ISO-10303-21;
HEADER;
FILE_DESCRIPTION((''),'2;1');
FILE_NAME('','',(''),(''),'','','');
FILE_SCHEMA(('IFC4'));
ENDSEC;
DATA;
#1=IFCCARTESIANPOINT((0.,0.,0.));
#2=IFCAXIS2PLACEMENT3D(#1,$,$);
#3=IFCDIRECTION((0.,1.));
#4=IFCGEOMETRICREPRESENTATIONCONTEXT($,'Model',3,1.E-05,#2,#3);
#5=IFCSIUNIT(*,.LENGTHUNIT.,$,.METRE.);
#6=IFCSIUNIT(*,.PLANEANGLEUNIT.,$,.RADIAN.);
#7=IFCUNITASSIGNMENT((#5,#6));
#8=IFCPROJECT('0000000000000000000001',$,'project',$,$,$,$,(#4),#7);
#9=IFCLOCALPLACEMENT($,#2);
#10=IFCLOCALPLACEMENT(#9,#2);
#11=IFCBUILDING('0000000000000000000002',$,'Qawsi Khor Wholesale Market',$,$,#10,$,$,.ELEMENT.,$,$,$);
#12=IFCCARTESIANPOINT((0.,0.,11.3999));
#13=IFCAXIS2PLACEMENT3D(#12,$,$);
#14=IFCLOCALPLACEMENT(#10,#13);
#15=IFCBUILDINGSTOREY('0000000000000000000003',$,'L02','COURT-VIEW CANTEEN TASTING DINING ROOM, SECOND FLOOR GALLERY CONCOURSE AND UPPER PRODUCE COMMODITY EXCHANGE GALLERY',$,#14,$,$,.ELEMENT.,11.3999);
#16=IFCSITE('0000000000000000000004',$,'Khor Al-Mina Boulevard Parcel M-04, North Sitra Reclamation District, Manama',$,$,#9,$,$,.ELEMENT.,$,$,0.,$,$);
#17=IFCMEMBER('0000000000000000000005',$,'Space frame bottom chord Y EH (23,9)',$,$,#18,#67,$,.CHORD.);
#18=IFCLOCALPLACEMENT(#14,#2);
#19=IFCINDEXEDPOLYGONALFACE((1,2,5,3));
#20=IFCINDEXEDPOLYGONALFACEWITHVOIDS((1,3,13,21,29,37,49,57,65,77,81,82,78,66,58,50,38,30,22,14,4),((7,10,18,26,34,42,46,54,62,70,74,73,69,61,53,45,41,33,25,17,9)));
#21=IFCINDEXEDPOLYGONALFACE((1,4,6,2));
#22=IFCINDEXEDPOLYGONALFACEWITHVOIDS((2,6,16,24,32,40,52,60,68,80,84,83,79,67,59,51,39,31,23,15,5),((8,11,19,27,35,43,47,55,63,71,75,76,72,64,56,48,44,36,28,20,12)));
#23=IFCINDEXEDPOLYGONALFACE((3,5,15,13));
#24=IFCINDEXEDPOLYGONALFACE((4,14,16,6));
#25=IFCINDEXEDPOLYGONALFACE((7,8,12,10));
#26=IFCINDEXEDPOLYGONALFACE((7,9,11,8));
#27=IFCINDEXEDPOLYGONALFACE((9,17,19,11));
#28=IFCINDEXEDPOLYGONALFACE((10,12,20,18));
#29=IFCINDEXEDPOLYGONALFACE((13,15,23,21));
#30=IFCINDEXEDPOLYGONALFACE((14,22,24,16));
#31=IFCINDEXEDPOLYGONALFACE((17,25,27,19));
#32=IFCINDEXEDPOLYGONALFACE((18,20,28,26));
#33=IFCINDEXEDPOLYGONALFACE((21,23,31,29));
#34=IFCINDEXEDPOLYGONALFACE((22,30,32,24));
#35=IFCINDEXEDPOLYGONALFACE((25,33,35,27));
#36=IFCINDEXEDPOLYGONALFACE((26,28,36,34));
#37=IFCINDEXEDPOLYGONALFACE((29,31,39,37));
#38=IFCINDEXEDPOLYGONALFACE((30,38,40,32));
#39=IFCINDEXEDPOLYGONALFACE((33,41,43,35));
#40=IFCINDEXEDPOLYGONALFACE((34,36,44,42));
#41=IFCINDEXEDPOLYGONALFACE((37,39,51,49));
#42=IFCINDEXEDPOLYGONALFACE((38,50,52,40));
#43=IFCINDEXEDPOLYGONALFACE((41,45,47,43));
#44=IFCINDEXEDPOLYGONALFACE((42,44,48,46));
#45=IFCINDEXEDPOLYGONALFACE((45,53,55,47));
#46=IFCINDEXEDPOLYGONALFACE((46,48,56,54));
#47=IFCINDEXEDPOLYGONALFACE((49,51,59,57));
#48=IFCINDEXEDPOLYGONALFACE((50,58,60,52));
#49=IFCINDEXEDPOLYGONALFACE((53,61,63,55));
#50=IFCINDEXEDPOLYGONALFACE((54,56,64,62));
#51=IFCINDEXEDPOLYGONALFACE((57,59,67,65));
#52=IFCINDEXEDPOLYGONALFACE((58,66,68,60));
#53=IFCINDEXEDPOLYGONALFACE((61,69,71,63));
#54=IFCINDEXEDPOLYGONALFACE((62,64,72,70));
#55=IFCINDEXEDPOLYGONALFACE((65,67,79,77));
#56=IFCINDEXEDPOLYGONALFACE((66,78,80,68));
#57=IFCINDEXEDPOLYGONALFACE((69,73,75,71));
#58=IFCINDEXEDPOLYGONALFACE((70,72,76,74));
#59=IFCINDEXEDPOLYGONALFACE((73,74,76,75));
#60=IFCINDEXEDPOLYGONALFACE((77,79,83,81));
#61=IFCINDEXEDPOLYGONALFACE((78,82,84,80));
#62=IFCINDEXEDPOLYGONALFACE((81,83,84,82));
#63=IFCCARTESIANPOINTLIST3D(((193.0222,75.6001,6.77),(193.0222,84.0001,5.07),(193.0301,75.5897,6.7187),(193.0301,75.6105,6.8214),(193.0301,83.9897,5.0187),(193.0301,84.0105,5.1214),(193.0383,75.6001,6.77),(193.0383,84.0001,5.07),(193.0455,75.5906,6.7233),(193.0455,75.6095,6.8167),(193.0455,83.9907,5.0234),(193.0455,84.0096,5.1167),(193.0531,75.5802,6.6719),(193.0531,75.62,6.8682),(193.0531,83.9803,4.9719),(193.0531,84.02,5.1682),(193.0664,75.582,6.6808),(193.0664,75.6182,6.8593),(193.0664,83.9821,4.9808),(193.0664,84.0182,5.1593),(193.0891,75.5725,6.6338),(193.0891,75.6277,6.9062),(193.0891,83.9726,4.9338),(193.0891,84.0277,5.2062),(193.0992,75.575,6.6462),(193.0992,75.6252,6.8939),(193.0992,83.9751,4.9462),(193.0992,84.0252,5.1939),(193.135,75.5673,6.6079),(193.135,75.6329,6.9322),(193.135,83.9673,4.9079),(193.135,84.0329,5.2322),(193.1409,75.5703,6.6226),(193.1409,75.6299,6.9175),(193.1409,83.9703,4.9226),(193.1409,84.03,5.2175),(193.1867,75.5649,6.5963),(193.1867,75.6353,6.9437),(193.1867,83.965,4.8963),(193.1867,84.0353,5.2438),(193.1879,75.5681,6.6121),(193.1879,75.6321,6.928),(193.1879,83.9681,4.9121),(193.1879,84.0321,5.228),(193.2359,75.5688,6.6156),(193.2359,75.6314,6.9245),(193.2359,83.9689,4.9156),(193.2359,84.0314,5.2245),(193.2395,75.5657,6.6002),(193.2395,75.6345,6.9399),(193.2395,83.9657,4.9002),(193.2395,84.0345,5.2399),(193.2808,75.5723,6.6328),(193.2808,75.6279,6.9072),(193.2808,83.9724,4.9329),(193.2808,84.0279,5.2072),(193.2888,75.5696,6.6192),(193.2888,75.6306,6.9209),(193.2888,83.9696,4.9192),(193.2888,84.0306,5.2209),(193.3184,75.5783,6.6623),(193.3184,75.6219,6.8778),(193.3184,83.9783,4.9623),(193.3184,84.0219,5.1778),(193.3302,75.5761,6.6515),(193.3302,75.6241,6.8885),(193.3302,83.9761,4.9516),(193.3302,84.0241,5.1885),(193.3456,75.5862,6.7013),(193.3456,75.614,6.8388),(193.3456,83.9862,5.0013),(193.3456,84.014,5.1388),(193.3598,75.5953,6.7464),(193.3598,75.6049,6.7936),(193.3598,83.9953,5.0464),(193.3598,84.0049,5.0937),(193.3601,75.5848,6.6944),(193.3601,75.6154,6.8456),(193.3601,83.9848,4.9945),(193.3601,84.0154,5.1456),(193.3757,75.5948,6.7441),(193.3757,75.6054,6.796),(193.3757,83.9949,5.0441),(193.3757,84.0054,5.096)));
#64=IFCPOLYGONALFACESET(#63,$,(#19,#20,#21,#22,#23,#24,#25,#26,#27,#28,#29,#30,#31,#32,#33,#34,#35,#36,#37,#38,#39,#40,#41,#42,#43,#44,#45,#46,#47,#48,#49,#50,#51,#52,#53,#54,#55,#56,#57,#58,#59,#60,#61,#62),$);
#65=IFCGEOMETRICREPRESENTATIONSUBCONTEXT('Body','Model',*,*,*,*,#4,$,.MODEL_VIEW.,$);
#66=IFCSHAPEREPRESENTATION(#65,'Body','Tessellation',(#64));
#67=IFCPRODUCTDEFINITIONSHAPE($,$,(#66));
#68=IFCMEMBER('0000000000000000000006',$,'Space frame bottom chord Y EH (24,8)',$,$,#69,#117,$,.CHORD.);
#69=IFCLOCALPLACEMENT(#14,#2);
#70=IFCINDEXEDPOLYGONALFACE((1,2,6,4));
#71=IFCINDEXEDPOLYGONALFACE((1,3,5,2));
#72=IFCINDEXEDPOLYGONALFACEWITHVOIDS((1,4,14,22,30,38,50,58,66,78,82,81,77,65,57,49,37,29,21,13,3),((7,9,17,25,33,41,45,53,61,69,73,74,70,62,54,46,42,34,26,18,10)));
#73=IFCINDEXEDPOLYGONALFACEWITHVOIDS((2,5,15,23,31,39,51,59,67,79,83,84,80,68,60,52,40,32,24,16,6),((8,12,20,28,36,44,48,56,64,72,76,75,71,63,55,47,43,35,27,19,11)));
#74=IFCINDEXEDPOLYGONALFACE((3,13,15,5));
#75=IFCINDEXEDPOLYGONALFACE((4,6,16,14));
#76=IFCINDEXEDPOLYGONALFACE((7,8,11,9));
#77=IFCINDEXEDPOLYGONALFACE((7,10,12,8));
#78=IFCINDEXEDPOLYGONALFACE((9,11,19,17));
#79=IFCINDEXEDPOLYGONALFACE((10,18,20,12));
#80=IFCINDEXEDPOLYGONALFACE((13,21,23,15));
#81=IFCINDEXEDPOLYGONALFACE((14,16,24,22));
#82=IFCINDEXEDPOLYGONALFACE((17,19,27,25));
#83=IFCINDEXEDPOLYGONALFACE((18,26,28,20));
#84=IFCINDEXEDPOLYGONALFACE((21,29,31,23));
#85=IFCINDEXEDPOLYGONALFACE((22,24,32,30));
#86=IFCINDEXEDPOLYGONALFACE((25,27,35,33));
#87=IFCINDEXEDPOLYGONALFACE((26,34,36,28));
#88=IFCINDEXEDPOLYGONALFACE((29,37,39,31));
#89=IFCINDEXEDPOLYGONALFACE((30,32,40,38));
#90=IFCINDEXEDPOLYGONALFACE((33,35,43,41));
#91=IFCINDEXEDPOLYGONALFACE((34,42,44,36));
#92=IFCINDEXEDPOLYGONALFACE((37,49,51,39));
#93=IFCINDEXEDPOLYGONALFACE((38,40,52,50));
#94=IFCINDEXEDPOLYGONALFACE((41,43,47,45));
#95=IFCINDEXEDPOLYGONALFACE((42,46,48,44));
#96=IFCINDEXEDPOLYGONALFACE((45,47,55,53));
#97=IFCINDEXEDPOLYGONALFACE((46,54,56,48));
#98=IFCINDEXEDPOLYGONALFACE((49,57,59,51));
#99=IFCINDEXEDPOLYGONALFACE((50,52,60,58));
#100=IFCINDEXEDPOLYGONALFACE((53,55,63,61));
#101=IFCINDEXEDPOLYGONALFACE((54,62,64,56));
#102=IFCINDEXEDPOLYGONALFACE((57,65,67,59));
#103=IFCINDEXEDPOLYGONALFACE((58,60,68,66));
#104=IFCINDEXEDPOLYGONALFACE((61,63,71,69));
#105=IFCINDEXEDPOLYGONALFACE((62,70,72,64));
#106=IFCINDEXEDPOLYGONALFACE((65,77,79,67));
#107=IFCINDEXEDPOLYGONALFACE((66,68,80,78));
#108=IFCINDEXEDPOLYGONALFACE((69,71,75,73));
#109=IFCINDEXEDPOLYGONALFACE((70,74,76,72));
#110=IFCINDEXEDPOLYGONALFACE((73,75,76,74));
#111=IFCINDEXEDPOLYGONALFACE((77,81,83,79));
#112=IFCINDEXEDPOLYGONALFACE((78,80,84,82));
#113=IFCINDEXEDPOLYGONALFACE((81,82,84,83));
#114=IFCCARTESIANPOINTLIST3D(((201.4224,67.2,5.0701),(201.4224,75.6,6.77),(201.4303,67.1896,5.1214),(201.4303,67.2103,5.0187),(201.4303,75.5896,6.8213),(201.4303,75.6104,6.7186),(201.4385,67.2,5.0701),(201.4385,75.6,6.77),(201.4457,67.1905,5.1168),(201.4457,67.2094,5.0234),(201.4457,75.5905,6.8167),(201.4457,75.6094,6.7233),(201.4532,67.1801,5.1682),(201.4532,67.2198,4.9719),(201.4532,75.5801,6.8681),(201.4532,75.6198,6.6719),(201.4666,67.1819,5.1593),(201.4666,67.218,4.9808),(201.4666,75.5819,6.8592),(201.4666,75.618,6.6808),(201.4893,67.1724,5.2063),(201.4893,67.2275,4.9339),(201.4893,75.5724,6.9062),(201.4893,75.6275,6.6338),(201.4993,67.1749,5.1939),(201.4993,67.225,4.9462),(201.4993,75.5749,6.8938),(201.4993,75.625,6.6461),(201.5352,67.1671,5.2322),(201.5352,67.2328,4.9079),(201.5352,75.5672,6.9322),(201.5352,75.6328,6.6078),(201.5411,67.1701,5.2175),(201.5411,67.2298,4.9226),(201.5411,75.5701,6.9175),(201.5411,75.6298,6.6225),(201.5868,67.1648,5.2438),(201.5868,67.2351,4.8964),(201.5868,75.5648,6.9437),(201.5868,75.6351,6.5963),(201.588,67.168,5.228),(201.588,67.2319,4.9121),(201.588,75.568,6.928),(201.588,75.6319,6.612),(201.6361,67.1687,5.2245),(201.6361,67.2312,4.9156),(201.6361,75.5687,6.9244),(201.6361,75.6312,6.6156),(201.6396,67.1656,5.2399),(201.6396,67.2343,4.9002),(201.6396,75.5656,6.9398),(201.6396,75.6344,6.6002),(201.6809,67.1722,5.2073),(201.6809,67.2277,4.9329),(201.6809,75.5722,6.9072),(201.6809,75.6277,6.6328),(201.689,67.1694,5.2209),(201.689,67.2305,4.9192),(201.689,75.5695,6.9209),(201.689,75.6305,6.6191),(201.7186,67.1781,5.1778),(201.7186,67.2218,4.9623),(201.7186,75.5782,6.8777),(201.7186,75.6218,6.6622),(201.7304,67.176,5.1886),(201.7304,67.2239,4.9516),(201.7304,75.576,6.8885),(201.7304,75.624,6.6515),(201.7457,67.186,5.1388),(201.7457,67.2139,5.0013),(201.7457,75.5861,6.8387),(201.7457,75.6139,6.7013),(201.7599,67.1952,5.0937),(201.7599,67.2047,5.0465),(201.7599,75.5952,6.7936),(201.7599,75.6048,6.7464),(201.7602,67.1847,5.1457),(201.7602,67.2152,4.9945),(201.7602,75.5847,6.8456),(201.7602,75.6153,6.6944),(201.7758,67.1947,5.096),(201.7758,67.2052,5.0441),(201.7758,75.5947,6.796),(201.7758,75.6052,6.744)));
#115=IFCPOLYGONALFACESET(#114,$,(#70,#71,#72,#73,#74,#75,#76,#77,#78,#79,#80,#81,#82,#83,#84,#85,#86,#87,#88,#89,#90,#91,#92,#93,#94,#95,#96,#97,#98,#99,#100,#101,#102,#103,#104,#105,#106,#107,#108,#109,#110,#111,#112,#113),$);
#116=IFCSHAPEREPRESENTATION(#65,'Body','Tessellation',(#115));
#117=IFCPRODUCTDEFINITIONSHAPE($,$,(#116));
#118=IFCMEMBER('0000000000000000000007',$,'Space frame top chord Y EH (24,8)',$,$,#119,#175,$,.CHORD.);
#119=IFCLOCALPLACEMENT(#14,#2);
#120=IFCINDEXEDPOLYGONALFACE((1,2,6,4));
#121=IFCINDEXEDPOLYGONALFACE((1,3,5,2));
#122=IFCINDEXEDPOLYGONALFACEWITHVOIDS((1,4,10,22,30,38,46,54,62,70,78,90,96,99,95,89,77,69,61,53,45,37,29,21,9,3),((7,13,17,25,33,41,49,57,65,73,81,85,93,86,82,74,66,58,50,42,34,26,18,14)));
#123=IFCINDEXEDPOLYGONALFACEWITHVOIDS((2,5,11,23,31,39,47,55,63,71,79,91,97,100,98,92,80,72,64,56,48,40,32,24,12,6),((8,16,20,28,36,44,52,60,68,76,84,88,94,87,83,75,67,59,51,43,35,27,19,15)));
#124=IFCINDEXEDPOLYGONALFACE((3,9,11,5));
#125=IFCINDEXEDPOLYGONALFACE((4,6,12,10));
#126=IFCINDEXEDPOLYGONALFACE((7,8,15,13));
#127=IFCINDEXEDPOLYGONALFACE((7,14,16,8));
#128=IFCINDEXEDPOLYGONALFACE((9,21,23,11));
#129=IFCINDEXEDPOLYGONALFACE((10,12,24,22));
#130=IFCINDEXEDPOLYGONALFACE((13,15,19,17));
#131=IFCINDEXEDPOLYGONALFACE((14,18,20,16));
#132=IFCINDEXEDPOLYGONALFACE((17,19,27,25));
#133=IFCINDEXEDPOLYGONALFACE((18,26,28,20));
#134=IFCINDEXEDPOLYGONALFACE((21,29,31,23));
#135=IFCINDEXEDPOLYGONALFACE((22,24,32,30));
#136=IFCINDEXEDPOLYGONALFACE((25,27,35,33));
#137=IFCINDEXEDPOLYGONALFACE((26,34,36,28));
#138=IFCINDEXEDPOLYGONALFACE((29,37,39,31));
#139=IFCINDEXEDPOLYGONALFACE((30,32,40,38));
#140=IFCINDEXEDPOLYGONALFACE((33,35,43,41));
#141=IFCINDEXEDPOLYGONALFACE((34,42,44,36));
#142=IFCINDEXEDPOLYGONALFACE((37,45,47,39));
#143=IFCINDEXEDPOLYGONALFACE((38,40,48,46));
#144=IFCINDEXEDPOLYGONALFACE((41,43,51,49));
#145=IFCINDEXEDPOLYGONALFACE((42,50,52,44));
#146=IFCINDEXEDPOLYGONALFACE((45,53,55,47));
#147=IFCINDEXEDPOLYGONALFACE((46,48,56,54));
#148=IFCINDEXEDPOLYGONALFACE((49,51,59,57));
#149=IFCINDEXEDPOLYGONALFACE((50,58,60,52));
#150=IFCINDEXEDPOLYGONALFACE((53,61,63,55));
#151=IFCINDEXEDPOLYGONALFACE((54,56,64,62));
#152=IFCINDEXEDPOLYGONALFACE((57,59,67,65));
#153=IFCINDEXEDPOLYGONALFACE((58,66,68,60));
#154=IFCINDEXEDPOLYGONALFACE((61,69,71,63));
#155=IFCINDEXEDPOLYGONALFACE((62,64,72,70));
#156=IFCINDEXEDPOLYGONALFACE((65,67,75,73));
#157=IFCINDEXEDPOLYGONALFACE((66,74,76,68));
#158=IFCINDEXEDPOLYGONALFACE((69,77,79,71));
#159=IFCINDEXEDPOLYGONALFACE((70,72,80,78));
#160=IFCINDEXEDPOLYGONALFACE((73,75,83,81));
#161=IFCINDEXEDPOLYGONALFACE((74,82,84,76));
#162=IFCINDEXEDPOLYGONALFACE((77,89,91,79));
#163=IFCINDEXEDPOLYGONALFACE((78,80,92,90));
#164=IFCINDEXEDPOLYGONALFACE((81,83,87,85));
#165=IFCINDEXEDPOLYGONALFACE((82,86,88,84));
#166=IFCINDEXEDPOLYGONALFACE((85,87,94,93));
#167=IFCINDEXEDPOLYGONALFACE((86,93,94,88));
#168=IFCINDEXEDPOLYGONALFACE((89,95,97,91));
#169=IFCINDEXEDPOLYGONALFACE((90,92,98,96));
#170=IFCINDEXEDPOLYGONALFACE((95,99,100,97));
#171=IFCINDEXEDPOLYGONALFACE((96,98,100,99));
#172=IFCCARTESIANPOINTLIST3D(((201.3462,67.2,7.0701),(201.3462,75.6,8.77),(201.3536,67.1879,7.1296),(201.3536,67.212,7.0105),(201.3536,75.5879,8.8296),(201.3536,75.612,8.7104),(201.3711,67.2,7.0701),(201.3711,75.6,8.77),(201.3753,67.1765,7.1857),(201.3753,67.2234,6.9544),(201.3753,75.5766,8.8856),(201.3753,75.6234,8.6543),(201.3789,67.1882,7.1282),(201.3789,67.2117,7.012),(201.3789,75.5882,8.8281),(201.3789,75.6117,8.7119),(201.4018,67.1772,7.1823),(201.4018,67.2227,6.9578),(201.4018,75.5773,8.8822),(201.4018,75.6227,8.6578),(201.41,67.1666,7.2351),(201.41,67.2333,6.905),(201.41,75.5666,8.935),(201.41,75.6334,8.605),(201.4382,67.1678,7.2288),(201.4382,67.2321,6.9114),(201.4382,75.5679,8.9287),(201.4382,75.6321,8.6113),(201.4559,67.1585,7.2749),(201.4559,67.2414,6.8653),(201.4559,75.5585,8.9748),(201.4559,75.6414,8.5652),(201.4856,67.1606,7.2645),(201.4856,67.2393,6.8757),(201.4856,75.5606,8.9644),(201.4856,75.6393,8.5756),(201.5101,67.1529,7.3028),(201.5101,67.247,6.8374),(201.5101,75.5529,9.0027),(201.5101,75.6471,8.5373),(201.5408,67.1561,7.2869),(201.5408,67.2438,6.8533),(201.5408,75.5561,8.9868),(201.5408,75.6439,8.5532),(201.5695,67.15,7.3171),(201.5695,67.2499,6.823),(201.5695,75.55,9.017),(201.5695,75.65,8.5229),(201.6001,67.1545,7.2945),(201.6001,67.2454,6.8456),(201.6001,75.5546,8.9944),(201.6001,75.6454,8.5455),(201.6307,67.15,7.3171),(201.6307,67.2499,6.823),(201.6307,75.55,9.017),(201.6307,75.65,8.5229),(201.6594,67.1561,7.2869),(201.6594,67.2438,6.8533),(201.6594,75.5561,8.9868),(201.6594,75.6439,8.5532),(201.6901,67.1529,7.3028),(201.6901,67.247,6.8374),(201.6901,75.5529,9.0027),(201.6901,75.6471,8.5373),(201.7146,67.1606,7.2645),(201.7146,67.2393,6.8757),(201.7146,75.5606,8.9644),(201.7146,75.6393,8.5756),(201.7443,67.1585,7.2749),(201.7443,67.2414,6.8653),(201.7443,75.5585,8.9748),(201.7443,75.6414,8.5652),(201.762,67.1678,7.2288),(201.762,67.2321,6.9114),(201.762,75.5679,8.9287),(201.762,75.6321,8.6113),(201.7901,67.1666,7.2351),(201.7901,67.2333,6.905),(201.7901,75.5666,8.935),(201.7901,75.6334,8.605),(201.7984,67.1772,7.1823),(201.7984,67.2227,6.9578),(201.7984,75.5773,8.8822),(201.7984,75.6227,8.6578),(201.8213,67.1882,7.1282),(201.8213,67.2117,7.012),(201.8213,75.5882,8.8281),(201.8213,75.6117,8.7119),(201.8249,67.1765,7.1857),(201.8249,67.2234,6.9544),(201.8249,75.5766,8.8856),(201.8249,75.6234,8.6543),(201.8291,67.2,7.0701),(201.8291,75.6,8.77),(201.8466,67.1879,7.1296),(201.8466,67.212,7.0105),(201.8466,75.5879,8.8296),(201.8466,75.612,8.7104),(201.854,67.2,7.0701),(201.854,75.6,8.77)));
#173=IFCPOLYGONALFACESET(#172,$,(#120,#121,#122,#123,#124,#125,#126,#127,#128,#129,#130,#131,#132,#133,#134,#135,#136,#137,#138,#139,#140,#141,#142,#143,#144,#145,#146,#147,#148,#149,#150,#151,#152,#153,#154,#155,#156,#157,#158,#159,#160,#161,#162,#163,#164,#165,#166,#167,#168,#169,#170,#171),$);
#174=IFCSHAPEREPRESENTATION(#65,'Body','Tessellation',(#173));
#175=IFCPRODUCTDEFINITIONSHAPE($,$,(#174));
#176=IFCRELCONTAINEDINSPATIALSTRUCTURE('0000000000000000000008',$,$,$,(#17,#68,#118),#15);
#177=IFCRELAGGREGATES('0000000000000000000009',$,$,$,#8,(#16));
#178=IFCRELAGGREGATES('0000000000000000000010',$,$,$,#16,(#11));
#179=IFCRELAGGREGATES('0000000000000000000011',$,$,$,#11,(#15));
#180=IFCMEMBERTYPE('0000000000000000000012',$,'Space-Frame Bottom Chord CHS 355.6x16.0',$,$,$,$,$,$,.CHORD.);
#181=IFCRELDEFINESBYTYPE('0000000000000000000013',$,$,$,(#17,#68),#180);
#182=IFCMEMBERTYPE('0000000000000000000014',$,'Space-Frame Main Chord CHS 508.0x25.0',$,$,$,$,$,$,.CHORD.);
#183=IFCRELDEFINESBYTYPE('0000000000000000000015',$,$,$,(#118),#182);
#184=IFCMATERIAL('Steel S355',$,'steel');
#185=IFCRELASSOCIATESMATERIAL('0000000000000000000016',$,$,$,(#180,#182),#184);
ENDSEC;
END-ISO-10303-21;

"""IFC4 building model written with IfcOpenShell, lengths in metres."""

from ifc_helpers import new_model, si_unit, direction, frame, origin, origin_2d, place, context, subcontext, project, spatial, hollow_circle, extrude, material, material_profile, profile_set, type_object, element, save


model = new_model("IFC4")

# Units and contexts
model_context = context("Model", 3, precision=1e-05, world=origin(), true_north=direction((0.0, 1.0)))
body_context = subcontext(model_context, "Body", "Model", "MODEL_VIEW")
ifc_project = project(units=[si_unit("LENGTHUNIT", "METRE"), si_unit("PLANEANGLEUNIT", "RADIAN")], contexts=[model_context])

# Site, building, storey
site_placement = place(None, origin())
site = spatial("IfcSite", under=ifc_project, at=site_placement, Name="Khor Al-Mina Boulevard Parcel M-04, North Sitra Reclamation District, Manama", CompositionType="ELEMENT", RefElevation=0.0)
building_placement = place(site_placement, origin())
building = spatial("IfcBuilding", under=site, at=building_placement, Name="Qawsi Khor Wholesale Market", CompositionType="ELEMENT")
storey_placement = place(building_placement, frame((0.0, 0.0, 11.3999)))
storey = spatial("IfcBuildingStorey", under=building, at=storey_placement, Name="L02", Description="COURT-VIEW CANTEEN TASTING DINING ROOM, SECOND FLOOR GALLERY CONCOURSE AND UPPER PRODUCE COMMODITY EXCHANGE GALLERY", CompositionType="ELEMENT", Elevation=11.3999)

# Members
ifc_material_1 = material(Name="Steel S355", Category="steel")
ifc_material_profile_1 = material_profile(ifc_material_1, hollow_circle(Radius=0.1777, WallThickness=0.0161, at=origin_2d()), Name="CHS 355.6x16.0")
ifc_profile_set_1 = profile_set([ifc_material_profile_1], Name="Steel S355")
member_type_1 = type_object("IfcMemberType", Name="Space-Frame Bottom Chord CHS 355.6x16.0", PredefinedType="CHORD", material=ifc_profile_set_1)
for number, where, z_axis, x_axis, name in (
    (1, (193.2, 75.6001, 6.77), (0.0, 0.98013, -0.198356), (-1.0, 0.0, 0.0), "Space frame bottom chord Y EH (23,9)"),
    (2, (201.6001, 67.2, 5.0701), (0.0, 0.980131, 0.198351), (-1.0, 0.0, 0.0), "Space frame bottom chord Y EH (24,8)"),
):
    element("IfcMember", number, at=place(storey_placement, frame(where, z_axis=z_axis, x_axis=x_axis)), inside=storey, type_object=member_type_1, Name=name, PredefinedType="CHORD", context=body_context, shape_type="SweptSolid", body=[
        extrude(hollow_circle(Radius=0.1777, WallThickness=0.0161, at=origin_2d()), origin(), (0.0, 0.0, 1.0), 8.5703),
    ])
ifc_material_profile_2 = material_profile(ifc_material_1, hollow_circle(Radius=0.2539, WallThickness=0.0249, at=origin_2d()), Name="CHS 508.0x25.0")
ifc_profile_set_2 = profile_set([ifc_material_profile_2], Name="Steel S355")
member_type_2 = type_object("IfcMemberType", Name="Space-Frame Main Chord CHS 508.0x25.0", PredefinedType="CHORD", material=ifc_profile_set_2)
member_1_placement = place(storey_placement, frame((201.6001, 67.2, 7.0701), z_axis=(0.0, 0.980131, 0.198351), x_axis=(-1.0, 0.0, 0.0)))
element("IfcMember", 3, at=member_1_placement, inside=storey, type_object=member_type_2, Name="Space frame top chord Y EH (24,8)", PredefinedType="CHORD", context=body_context, shape_type="SweptSolid", body=[
    extrude(hollow_circle(Radius=0.2539, WallThickness=0.0249, at=origin_2d()), origin(), (0.0, 0.0, 1.0), 8.5703),
])

save(model, "model.ifc")
